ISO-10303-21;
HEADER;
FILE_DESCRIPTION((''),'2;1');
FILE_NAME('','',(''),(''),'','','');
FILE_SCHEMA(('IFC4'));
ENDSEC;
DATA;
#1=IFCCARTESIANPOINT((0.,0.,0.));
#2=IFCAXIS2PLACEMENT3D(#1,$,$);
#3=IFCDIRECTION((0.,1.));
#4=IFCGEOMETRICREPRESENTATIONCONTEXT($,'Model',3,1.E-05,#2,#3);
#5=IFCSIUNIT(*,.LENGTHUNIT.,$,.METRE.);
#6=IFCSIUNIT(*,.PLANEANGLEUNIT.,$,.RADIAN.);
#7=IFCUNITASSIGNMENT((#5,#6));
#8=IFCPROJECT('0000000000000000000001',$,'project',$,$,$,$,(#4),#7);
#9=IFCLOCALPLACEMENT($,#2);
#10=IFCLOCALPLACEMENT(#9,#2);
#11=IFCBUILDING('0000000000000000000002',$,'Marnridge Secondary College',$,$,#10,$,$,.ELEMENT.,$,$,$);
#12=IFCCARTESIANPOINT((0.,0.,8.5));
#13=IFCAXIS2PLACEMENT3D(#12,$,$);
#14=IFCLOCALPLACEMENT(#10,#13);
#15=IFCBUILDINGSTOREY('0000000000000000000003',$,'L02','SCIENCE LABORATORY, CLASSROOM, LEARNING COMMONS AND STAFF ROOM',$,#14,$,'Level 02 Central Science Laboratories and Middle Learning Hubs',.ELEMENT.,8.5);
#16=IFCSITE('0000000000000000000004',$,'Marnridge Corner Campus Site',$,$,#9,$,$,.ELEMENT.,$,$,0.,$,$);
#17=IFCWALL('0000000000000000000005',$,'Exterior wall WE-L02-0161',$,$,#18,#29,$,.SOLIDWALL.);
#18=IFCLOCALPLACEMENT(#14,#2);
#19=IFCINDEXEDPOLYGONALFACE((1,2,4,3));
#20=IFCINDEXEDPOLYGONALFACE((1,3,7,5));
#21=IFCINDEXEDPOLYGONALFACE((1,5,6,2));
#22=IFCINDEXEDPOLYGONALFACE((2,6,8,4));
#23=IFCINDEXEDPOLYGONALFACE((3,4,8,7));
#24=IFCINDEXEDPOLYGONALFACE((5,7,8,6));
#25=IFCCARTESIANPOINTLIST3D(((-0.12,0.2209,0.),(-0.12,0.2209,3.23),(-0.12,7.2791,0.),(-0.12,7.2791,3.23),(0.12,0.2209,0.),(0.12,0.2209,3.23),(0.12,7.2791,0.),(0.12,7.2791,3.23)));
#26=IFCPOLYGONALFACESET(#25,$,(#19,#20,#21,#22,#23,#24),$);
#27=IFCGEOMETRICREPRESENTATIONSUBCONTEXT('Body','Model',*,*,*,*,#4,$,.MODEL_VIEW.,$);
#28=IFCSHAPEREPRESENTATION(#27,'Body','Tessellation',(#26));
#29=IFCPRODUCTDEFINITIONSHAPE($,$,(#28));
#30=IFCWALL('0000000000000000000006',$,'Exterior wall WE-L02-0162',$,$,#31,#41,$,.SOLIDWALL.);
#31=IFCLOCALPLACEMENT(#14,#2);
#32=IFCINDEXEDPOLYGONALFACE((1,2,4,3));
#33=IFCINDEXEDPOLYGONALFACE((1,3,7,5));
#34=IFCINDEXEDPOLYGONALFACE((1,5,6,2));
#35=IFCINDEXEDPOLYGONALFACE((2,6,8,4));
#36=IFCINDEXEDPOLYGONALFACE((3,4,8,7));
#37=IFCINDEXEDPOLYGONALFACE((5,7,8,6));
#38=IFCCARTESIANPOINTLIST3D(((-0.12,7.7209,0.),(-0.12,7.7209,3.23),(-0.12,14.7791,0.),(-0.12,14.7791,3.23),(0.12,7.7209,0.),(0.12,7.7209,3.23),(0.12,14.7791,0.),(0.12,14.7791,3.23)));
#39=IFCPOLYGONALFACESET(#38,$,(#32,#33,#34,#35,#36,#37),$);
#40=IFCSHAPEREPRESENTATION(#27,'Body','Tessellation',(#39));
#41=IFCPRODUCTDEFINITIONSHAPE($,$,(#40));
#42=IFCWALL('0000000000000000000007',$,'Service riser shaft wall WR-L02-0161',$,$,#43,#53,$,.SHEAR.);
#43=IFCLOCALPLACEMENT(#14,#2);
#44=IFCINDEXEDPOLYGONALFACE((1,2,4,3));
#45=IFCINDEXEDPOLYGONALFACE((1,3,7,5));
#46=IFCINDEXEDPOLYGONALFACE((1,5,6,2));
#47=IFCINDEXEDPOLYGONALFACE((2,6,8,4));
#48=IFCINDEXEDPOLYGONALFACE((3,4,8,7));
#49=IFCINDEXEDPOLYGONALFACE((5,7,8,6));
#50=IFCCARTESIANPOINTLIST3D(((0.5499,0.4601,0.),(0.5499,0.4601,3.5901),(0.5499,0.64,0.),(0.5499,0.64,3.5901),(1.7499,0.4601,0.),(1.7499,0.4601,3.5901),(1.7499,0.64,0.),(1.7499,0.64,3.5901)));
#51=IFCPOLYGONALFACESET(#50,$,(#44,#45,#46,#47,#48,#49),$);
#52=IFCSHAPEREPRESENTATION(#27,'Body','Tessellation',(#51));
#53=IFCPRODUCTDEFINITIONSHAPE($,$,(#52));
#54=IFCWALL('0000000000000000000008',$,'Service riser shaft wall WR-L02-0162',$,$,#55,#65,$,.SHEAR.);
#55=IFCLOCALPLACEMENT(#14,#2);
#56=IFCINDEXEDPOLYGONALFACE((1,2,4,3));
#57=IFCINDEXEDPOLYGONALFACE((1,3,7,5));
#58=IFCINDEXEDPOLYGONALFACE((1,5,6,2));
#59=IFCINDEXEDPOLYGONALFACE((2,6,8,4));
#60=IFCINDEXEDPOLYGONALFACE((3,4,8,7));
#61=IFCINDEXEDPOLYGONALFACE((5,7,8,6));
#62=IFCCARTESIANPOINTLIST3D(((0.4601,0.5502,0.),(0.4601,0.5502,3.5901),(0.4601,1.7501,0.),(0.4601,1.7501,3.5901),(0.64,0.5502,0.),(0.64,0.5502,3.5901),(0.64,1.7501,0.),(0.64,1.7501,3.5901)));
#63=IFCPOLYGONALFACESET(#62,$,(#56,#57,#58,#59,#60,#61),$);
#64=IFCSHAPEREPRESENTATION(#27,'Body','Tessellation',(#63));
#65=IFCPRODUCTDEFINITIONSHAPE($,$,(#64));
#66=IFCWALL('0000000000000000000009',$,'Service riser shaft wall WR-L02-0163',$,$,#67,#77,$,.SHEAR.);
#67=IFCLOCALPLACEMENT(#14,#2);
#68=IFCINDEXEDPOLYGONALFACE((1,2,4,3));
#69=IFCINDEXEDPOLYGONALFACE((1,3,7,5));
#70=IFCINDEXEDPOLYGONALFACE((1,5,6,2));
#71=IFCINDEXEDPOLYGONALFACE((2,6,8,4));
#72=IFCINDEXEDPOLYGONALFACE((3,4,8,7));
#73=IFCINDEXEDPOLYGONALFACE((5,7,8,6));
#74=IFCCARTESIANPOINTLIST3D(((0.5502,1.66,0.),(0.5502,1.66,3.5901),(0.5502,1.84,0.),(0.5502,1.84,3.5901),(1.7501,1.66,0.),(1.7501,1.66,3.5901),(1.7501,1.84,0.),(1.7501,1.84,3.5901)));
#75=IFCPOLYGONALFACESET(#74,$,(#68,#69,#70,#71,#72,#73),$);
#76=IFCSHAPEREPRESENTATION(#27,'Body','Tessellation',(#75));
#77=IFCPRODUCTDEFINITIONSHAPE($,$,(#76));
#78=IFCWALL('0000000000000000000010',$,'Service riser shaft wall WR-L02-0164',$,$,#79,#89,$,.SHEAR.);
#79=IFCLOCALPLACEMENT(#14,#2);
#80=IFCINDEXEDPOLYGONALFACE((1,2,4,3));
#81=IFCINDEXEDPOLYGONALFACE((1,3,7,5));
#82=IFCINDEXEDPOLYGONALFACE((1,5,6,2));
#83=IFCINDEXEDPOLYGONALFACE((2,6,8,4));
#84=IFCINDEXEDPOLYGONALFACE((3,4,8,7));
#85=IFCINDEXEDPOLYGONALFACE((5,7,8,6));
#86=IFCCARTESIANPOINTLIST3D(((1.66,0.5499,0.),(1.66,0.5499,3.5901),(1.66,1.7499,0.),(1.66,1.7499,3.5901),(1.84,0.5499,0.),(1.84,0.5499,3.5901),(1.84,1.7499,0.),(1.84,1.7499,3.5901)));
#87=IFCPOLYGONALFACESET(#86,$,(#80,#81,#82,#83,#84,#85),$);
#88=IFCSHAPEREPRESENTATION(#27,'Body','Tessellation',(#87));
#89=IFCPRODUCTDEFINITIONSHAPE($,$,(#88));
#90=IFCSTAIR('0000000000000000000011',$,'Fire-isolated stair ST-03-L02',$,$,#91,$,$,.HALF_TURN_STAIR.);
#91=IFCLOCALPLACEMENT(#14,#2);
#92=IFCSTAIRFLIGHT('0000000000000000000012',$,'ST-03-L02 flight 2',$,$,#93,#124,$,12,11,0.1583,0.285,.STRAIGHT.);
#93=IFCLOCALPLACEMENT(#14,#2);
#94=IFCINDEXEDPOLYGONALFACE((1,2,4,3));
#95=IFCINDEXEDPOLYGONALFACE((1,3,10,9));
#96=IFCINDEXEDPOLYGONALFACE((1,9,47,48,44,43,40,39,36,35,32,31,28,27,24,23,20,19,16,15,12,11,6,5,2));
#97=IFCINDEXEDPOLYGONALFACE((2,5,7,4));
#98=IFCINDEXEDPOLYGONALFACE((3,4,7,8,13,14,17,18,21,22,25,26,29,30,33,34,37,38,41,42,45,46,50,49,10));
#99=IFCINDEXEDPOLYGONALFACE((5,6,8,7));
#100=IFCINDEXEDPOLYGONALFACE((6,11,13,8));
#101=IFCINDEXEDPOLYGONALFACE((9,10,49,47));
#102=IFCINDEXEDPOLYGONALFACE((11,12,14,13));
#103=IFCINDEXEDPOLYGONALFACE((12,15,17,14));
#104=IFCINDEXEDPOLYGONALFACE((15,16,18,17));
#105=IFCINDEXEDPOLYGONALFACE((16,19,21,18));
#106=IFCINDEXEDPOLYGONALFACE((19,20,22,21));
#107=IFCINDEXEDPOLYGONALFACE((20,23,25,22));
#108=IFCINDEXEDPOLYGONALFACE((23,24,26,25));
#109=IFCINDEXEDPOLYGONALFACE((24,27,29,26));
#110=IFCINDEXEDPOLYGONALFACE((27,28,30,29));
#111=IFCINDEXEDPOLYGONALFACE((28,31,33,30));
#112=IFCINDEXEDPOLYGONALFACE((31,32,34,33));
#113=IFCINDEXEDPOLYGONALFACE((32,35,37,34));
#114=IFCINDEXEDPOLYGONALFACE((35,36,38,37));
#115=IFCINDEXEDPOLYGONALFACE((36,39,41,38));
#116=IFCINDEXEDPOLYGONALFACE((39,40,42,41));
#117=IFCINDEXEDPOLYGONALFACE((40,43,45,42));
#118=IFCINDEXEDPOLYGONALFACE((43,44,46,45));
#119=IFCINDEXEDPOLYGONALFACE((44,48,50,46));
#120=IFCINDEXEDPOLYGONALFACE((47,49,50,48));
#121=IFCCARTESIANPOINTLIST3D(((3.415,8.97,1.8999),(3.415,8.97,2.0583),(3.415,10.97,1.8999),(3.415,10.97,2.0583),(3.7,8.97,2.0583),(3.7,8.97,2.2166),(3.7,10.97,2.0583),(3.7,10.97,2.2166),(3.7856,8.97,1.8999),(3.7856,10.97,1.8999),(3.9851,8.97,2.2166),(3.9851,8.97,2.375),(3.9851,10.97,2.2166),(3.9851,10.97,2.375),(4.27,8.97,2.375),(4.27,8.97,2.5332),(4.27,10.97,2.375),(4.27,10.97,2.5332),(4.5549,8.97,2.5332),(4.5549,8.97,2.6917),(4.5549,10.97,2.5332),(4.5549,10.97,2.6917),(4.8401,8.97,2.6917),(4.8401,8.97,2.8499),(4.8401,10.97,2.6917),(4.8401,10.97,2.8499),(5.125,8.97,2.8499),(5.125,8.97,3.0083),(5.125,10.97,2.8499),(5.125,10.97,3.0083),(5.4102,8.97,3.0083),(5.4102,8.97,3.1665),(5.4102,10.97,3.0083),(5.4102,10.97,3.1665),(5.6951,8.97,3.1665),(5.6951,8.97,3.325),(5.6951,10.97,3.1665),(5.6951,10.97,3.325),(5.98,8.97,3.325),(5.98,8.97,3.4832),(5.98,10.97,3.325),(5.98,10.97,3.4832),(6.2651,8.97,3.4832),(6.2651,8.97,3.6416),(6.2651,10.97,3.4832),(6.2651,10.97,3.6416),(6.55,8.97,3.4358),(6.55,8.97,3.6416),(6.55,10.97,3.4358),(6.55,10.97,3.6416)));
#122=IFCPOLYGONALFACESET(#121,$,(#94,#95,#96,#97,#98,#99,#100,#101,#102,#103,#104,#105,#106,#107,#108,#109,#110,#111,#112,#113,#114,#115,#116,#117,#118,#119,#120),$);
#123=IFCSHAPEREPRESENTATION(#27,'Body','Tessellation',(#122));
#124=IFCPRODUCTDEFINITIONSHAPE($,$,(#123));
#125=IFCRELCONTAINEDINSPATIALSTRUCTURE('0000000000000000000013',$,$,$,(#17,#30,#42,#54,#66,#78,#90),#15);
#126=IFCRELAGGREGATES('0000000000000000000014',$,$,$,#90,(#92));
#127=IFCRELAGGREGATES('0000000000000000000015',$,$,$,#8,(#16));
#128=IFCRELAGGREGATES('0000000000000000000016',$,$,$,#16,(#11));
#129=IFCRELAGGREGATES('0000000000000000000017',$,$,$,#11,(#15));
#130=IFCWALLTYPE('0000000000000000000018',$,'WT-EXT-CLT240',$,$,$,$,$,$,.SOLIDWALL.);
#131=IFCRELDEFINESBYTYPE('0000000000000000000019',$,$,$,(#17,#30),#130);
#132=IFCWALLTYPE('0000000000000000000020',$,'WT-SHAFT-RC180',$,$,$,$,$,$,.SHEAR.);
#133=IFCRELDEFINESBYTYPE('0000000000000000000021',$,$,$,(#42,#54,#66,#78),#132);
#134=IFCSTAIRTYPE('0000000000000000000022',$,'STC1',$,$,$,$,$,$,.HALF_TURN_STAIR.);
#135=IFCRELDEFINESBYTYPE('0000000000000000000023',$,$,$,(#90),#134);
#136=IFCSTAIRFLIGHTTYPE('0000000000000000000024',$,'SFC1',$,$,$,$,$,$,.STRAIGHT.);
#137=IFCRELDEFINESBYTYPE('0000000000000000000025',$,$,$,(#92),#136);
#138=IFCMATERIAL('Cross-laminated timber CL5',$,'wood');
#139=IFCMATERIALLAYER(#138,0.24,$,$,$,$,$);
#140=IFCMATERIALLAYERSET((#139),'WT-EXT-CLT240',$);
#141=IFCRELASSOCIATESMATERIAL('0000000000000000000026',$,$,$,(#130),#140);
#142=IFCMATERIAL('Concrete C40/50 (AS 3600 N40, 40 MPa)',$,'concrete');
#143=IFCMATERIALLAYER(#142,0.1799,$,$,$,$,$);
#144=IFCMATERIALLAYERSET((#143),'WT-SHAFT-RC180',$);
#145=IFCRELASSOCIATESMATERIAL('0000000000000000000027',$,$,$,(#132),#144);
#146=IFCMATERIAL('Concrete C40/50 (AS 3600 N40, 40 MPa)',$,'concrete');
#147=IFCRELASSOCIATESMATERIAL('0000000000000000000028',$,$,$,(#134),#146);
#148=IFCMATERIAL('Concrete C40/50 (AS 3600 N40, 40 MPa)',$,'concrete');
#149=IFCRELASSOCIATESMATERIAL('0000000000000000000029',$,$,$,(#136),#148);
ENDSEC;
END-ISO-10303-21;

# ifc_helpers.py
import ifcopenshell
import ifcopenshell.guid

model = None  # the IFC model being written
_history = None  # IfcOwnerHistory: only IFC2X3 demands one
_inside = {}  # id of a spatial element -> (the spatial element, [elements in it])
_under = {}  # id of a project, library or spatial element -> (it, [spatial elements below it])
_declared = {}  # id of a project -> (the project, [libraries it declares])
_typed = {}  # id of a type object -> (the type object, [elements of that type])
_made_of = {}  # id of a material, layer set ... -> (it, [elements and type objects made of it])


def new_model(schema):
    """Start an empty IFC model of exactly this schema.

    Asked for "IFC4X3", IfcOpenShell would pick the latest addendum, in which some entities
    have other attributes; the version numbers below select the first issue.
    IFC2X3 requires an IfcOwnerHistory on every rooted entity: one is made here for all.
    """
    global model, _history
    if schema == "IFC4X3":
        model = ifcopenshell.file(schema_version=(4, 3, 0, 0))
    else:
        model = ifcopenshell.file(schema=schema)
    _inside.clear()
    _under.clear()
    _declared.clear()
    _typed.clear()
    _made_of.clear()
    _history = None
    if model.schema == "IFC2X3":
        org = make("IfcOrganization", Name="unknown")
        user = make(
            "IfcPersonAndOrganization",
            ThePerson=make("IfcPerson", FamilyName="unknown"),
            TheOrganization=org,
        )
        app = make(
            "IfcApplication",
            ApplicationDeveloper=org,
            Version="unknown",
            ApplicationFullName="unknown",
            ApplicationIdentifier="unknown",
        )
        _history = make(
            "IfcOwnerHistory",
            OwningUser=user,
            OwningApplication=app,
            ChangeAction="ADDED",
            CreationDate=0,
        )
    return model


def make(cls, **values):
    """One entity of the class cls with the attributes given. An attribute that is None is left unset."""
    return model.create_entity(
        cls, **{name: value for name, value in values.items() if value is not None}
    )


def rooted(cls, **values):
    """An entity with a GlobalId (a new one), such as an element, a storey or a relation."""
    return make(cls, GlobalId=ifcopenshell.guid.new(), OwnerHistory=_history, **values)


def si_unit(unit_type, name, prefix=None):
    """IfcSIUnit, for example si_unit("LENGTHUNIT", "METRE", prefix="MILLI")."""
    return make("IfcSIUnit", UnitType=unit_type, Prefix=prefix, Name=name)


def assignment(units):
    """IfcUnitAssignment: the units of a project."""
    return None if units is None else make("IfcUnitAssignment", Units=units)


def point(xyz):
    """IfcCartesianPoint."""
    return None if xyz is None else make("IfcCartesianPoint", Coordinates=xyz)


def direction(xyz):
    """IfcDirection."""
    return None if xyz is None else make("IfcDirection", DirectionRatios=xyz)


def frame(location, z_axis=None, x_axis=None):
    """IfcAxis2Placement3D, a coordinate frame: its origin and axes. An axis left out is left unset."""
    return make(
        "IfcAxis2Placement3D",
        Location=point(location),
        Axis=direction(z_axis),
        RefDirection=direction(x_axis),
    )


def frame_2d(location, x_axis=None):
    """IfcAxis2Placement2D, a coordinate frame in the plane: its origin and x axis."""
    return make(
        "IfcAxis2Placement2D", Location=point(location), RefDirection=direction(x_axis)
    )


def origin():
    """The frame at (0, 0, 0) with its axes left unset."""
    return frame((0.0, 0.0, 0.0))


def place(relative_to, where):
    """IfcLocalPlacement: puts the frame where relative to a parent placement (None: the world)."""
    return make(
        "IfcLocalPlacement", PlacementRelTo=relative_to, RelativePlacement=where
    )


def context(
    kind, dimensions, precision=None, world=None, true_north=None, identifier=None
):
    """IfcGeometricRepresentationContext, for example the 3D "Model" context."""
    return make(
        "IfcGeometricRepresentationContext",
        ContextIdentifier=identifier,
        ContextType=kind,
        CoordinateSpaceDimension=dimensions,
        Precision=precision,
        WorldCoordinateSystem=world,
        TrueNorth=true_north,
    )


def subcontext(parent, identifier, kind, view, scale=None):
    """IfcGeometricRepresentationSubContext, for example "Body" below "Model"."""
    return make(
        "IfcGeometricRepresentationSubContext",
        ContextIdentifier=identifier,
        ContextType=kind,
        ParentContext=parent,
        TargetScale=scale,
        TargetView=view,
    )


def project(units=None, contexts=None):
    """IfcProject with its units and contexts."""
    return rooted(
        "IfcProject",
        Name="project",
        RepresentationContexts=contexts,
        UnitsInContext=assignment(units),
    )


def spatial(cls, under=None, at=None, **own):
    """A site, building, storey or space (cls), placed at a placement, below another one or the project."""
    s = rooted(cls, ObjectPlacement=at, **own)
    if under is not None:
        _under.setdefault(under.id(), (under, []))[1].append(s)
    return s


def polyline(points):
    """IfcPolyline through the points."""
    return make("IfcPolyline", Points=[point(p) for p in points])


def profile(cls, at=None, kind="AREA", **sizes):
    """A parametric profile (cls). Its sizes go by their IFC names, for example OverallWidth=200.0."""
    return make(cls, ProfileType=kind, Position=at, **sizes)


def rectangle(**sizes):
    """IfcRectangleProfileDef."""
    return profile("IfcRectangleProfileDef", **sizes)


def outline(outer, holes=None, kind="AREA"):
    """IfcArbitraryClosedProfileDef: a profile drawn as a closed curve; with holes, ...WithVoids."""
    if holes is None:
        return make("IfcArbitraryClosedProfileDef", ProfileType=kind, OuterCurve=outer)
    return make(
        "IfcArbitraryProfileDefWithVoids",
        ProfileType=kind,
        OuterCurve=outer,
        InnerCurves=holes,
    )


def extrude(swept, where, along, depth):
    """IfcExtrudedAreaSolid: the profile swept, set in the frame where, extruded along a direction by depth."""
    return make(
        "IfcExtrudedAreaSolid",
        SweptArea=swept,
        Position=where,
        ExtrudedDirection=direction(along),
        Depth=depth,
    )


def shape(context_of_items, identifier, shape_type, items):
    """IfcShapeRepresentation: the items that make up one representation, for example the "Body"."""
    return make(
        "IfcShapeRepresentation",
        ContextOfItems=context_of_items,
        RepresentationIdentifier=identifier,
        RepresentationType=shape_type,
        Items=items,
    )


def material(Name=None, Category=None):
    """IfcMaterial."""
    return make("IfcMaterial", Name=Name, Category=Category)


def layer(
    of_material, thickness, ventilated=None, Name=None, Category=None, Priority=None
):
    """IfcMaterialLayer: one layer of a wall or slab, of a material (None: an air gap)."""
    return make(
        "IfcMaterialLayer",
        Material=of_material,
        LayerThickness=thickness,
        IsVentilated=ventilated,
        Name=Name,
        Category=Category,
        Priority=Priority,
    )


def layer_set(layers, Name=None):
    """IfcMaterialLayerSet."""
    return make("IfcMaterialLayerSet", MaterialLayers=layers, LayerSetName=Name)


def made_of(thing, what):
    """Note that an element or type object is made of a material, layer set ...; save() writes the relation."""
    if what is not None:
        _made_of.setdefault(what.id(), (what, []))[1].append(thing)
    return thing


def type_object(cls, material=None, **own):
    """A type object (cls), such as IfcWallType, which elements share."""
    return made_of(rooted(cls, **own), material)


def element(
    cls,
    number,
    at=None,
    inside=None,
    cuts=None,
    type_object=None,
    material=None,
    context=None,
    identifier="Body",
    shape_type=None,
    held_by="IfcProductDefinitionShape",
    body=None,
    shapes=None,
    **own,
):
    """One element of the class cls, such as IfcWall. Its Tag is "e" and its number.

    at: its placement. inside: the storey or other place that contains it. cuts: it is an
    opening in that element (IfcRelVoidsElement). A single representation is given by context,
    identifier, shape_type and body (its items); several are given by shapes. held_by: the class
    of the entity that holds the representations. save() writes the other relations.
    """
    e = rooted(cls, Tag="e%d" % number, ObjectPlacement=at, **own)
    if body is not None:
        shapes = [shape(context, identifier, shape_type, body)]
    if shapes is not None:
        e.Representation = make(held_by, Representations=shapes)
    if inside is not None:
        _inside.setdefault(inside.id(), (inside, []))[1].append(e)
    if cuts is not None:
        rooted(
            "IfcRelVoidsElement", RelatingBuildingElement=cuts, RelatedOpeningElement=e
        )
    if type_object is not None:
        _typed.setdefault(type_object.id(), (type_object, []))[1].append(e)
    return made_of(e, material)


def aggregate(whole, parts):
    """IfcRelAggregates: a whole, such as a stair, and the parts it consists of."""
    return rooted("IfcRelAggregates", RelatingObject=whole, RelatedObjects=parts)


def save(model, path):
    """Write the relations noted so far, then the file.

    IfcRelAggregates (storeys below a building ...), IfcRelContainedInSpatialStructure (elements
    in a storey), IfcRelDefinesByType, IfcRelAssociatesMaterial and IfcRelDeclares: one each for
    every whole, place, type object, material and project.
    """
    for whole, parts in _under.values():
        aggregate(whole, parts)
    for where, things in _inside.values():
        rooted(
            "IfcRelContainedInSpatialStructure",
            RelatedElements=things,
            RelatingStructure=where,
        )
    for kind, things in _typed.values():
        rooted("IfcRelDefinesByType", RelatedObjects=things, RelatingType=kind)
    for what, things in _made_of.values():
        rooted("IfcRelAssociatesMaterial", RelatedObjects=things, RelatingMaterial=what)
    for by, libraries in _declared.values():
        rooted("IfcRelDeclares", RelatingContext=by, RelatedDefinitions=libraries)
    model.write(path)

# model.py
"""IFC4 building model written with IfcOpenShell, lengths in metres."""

from ifc_helpers import new_model, si_unit, direction, frame, frame_2d, origin, place, context, subcontext, project, spatial, polyline, rectangle, outline, extrude, material, layer, layer_set, type_object, element, aggregate, save


model = new_model("IFC4")

# Units and contexts
model_context = context("Model", 3, precision=1e-05, world=origin(), true_north=direction((0.0, 1.0)))
body_context = subcontext(model_context, "Body", "Model", "MODEL_VIEW")
ifc_project = project(units=[si_unit("LENGTHUNIT", "METRE"), si_unit("PLANEANGLEUNIT", "RADIAN")], contexts=[model_context])

# Site, building, storey
site_placement = place(None, origin())
site = spatial("IfcSite", under=ifc_project, at=site_placement, Name="Marnridge Corner Campus Site", CompositionType="ELEMENT", RefElevation=0.0)
building_placement = place(site_placement, origin())
building = spatial("IfcBuilding", under=site, at=building_placement, Name="Marnridge Secondary College", CompositionType="ELEMENT")
storey_placement = place(building_placement, frame((0.0, 0.0, 8.5)))
storey = spatial("IfcBuildingStorey", under=building, at=storey_placement, Name="L02", Description="SCIENCE LABORATORY, CLASSROOM, LEARNING COMMONS AND STAFF ROOM", LongName="Level 02 Central Science Laboratories and Middle Learning Hubs", CompositionType="ELEMENT", Elevation=8.5)

# Walls
ifc_material_1 = material(Name="Cross-laminated timber CL5", Category="wood")
ifc_layer_1 = layer(ifc_material_1, 0.24)
ifc_layer_set_1 = layer_set([ifc_layer_1], Name="WT-EXT-CLT240")
wall_type_1 = type_object("IfcWallType", Name="WT-EXT-CLT240", PredefinedType="SOLIDWALL", material=ifc_layer_set_1)
for number, where, z_axis, x_axis, name in (
    (1, (0.0, 0.2209, 0.0), (0.0, 0.0, 1.0), (0.0, 1.0, 0.0), "Exterior wall WE-L02-0161"),
    (2, (0.0, 7.7209, 0.0), (0.0, 0.0, 1.0), (0.0, 1.0, 0.0), "Exterior wall WE-L02-0162"),
):
    element("IfcWall", number, at=place(storey_placement, frame(where, z_axis=z_axis, x_axis=x_axis)), inside=storey, type_object=wall_type_1, Name=name, PredefinedType="SOLIDWALL", context=body_context, shape_type="SweptSolid", body=[
        extrude(rectangle(XDim=7.0581, YDim=0.24, at=frame_2d((3.5291, 0.0))), origin(), (0.0, 0.0, 1.0), 3.23),
    ])
ifc_material_2 = material(Name="Concrete C40/50 (AS 3600 N40, 40 MPa)", Category="concrete")
ifc_layer_2 = layer(ifc_material_2, 0.1799)
ifc_layer_set_2 = layer_set([ifc_layer_2], Name="WT-SHAFT-RC180")
wall_type_2 = type_object("IfcWallType", Name="WT-SHAFT-RC180", PredefinedType="SHEAR", material=ifc_layer_set_2)
for number, where, z_axis, x_axis, name in (
    (3, (1.75, 0.55, 0.0), (0.0, 0.0, 1.0), (-1.0, 0.0, 0.0), "Service riser shaft wall WR-L02-0161"),
    (4, (0.55, 0.55, 0.0), (0.0, 0.0, 1.0), (0.0, 1.0, 0.0), "Service riser shaft wall WR-L02-0162"),
    (5, (0.55, 1.75, 0.0), (0.0, 0.0, 1.0), (1.0, 0.0, 0.0), "Service riser shaft wall WR-L02-0163"),
    (6, (1.75, 1.75, 0.0), (0.0, 0.0, 1.0), (0.0, -1.0, 0.0), "Service riser shaft wall WR-L02-0164"),
):
    element("IfcWall", number, at=place(storey_placement, frame(where, z_axis=z_axis, x_axis=x_axis)), inside=storey, type_object=wall_type_2, Name=name, PredefinedType="SHEAR", context=body_context, shape_type="SweptSolid", body=[
        extrude(rectangle(XDim=1.2, YDim=0.1799, at=frame_2d((0.6001, 0.0))), origin(), (0.0, 0.0, 1.0), 3.5901),
    ])

# Stair, stair flight
ifc_material_3 = material(Name="Concrete C40/50 (AS 3600 N40, 40 MPa)", Category="concrete")
stair_type = type_object("IfcStairType", Name="STC1", PredefinedType="HALF_TURN_STAIR", material=ifc_material_3)
stair_placement = place(storey_placement, origin())
stair = element("IfcStair", 7, at=stair_placement, inside=storey, type_object=stair_type, Name="Fire-isolated stair ST-03-L02", PredefinedType="HALF_TURN_STAIR")
ifc_material_4 = material(Name="Concrete C40/50 (AS 3600 N40, 40 MPa)", Category="concrete")
stair_flight_type = type_object("IfcStairFlightType", Name="SFC1", PredefinedType="STRAIGHT", material=ifc_material_4)
stair_flight_placement = place(storey_placement, frame((3.415, 9.97, 1.8999), z_axis=(0.0, 0.0, 1.0), x_axis=(1.0, 0.0, 0.0)))
stair_flight = element("IfcStairFlight", 8, at=stair_flight_placement, type_object=stair_flight_type, Name="ST-03-L02 flight 2", NumberOfRisers=12, NumberOfTreads=11, PredefinedType="STRAIGHT", RiserHeight=0.1583, TreadLength=0.285, context=body_context, shape_type="SweptSolid", body=[
    extrude(outline(polyline([(0.0, 0.0), (0.0, 0.1584), (0.2849, 0.1584), (0.2849, 0.3167), (0.5701, 0.3167), (0.5701, 0.4751), (0.855, 0.4751), (0.855, 0.6333), (1.1399, 0.6333), (1.1399, 0.7917), (1.425, 0.7917), (1.425, 0.95), (1.71, 0.95), (1.71, 1.1084), (1.9951, 1.1084), (1.9951, 1.2666), (2.28, 1.2666), (2.28, 1.425), (2.5649, 1.425), (2.5649, 1.5833), (2.8501, 1.5833), (2.8501, 1.7417), (3.135, 1.7417), (3.135, 1.8999), (3.135, 1.5359), (0.3706, 0.0), (0.0, 0.0)])), frame((0.0, 1.0, 0.0), z_axis=(0.0, -1.0, 0.0), x_axis=(1.0, 0.0, 0.0)), (0.0, 0.0, 1.0), 2.0),
])
aggregate(stair, [stair_flight])

save(model, "model.ifc")
